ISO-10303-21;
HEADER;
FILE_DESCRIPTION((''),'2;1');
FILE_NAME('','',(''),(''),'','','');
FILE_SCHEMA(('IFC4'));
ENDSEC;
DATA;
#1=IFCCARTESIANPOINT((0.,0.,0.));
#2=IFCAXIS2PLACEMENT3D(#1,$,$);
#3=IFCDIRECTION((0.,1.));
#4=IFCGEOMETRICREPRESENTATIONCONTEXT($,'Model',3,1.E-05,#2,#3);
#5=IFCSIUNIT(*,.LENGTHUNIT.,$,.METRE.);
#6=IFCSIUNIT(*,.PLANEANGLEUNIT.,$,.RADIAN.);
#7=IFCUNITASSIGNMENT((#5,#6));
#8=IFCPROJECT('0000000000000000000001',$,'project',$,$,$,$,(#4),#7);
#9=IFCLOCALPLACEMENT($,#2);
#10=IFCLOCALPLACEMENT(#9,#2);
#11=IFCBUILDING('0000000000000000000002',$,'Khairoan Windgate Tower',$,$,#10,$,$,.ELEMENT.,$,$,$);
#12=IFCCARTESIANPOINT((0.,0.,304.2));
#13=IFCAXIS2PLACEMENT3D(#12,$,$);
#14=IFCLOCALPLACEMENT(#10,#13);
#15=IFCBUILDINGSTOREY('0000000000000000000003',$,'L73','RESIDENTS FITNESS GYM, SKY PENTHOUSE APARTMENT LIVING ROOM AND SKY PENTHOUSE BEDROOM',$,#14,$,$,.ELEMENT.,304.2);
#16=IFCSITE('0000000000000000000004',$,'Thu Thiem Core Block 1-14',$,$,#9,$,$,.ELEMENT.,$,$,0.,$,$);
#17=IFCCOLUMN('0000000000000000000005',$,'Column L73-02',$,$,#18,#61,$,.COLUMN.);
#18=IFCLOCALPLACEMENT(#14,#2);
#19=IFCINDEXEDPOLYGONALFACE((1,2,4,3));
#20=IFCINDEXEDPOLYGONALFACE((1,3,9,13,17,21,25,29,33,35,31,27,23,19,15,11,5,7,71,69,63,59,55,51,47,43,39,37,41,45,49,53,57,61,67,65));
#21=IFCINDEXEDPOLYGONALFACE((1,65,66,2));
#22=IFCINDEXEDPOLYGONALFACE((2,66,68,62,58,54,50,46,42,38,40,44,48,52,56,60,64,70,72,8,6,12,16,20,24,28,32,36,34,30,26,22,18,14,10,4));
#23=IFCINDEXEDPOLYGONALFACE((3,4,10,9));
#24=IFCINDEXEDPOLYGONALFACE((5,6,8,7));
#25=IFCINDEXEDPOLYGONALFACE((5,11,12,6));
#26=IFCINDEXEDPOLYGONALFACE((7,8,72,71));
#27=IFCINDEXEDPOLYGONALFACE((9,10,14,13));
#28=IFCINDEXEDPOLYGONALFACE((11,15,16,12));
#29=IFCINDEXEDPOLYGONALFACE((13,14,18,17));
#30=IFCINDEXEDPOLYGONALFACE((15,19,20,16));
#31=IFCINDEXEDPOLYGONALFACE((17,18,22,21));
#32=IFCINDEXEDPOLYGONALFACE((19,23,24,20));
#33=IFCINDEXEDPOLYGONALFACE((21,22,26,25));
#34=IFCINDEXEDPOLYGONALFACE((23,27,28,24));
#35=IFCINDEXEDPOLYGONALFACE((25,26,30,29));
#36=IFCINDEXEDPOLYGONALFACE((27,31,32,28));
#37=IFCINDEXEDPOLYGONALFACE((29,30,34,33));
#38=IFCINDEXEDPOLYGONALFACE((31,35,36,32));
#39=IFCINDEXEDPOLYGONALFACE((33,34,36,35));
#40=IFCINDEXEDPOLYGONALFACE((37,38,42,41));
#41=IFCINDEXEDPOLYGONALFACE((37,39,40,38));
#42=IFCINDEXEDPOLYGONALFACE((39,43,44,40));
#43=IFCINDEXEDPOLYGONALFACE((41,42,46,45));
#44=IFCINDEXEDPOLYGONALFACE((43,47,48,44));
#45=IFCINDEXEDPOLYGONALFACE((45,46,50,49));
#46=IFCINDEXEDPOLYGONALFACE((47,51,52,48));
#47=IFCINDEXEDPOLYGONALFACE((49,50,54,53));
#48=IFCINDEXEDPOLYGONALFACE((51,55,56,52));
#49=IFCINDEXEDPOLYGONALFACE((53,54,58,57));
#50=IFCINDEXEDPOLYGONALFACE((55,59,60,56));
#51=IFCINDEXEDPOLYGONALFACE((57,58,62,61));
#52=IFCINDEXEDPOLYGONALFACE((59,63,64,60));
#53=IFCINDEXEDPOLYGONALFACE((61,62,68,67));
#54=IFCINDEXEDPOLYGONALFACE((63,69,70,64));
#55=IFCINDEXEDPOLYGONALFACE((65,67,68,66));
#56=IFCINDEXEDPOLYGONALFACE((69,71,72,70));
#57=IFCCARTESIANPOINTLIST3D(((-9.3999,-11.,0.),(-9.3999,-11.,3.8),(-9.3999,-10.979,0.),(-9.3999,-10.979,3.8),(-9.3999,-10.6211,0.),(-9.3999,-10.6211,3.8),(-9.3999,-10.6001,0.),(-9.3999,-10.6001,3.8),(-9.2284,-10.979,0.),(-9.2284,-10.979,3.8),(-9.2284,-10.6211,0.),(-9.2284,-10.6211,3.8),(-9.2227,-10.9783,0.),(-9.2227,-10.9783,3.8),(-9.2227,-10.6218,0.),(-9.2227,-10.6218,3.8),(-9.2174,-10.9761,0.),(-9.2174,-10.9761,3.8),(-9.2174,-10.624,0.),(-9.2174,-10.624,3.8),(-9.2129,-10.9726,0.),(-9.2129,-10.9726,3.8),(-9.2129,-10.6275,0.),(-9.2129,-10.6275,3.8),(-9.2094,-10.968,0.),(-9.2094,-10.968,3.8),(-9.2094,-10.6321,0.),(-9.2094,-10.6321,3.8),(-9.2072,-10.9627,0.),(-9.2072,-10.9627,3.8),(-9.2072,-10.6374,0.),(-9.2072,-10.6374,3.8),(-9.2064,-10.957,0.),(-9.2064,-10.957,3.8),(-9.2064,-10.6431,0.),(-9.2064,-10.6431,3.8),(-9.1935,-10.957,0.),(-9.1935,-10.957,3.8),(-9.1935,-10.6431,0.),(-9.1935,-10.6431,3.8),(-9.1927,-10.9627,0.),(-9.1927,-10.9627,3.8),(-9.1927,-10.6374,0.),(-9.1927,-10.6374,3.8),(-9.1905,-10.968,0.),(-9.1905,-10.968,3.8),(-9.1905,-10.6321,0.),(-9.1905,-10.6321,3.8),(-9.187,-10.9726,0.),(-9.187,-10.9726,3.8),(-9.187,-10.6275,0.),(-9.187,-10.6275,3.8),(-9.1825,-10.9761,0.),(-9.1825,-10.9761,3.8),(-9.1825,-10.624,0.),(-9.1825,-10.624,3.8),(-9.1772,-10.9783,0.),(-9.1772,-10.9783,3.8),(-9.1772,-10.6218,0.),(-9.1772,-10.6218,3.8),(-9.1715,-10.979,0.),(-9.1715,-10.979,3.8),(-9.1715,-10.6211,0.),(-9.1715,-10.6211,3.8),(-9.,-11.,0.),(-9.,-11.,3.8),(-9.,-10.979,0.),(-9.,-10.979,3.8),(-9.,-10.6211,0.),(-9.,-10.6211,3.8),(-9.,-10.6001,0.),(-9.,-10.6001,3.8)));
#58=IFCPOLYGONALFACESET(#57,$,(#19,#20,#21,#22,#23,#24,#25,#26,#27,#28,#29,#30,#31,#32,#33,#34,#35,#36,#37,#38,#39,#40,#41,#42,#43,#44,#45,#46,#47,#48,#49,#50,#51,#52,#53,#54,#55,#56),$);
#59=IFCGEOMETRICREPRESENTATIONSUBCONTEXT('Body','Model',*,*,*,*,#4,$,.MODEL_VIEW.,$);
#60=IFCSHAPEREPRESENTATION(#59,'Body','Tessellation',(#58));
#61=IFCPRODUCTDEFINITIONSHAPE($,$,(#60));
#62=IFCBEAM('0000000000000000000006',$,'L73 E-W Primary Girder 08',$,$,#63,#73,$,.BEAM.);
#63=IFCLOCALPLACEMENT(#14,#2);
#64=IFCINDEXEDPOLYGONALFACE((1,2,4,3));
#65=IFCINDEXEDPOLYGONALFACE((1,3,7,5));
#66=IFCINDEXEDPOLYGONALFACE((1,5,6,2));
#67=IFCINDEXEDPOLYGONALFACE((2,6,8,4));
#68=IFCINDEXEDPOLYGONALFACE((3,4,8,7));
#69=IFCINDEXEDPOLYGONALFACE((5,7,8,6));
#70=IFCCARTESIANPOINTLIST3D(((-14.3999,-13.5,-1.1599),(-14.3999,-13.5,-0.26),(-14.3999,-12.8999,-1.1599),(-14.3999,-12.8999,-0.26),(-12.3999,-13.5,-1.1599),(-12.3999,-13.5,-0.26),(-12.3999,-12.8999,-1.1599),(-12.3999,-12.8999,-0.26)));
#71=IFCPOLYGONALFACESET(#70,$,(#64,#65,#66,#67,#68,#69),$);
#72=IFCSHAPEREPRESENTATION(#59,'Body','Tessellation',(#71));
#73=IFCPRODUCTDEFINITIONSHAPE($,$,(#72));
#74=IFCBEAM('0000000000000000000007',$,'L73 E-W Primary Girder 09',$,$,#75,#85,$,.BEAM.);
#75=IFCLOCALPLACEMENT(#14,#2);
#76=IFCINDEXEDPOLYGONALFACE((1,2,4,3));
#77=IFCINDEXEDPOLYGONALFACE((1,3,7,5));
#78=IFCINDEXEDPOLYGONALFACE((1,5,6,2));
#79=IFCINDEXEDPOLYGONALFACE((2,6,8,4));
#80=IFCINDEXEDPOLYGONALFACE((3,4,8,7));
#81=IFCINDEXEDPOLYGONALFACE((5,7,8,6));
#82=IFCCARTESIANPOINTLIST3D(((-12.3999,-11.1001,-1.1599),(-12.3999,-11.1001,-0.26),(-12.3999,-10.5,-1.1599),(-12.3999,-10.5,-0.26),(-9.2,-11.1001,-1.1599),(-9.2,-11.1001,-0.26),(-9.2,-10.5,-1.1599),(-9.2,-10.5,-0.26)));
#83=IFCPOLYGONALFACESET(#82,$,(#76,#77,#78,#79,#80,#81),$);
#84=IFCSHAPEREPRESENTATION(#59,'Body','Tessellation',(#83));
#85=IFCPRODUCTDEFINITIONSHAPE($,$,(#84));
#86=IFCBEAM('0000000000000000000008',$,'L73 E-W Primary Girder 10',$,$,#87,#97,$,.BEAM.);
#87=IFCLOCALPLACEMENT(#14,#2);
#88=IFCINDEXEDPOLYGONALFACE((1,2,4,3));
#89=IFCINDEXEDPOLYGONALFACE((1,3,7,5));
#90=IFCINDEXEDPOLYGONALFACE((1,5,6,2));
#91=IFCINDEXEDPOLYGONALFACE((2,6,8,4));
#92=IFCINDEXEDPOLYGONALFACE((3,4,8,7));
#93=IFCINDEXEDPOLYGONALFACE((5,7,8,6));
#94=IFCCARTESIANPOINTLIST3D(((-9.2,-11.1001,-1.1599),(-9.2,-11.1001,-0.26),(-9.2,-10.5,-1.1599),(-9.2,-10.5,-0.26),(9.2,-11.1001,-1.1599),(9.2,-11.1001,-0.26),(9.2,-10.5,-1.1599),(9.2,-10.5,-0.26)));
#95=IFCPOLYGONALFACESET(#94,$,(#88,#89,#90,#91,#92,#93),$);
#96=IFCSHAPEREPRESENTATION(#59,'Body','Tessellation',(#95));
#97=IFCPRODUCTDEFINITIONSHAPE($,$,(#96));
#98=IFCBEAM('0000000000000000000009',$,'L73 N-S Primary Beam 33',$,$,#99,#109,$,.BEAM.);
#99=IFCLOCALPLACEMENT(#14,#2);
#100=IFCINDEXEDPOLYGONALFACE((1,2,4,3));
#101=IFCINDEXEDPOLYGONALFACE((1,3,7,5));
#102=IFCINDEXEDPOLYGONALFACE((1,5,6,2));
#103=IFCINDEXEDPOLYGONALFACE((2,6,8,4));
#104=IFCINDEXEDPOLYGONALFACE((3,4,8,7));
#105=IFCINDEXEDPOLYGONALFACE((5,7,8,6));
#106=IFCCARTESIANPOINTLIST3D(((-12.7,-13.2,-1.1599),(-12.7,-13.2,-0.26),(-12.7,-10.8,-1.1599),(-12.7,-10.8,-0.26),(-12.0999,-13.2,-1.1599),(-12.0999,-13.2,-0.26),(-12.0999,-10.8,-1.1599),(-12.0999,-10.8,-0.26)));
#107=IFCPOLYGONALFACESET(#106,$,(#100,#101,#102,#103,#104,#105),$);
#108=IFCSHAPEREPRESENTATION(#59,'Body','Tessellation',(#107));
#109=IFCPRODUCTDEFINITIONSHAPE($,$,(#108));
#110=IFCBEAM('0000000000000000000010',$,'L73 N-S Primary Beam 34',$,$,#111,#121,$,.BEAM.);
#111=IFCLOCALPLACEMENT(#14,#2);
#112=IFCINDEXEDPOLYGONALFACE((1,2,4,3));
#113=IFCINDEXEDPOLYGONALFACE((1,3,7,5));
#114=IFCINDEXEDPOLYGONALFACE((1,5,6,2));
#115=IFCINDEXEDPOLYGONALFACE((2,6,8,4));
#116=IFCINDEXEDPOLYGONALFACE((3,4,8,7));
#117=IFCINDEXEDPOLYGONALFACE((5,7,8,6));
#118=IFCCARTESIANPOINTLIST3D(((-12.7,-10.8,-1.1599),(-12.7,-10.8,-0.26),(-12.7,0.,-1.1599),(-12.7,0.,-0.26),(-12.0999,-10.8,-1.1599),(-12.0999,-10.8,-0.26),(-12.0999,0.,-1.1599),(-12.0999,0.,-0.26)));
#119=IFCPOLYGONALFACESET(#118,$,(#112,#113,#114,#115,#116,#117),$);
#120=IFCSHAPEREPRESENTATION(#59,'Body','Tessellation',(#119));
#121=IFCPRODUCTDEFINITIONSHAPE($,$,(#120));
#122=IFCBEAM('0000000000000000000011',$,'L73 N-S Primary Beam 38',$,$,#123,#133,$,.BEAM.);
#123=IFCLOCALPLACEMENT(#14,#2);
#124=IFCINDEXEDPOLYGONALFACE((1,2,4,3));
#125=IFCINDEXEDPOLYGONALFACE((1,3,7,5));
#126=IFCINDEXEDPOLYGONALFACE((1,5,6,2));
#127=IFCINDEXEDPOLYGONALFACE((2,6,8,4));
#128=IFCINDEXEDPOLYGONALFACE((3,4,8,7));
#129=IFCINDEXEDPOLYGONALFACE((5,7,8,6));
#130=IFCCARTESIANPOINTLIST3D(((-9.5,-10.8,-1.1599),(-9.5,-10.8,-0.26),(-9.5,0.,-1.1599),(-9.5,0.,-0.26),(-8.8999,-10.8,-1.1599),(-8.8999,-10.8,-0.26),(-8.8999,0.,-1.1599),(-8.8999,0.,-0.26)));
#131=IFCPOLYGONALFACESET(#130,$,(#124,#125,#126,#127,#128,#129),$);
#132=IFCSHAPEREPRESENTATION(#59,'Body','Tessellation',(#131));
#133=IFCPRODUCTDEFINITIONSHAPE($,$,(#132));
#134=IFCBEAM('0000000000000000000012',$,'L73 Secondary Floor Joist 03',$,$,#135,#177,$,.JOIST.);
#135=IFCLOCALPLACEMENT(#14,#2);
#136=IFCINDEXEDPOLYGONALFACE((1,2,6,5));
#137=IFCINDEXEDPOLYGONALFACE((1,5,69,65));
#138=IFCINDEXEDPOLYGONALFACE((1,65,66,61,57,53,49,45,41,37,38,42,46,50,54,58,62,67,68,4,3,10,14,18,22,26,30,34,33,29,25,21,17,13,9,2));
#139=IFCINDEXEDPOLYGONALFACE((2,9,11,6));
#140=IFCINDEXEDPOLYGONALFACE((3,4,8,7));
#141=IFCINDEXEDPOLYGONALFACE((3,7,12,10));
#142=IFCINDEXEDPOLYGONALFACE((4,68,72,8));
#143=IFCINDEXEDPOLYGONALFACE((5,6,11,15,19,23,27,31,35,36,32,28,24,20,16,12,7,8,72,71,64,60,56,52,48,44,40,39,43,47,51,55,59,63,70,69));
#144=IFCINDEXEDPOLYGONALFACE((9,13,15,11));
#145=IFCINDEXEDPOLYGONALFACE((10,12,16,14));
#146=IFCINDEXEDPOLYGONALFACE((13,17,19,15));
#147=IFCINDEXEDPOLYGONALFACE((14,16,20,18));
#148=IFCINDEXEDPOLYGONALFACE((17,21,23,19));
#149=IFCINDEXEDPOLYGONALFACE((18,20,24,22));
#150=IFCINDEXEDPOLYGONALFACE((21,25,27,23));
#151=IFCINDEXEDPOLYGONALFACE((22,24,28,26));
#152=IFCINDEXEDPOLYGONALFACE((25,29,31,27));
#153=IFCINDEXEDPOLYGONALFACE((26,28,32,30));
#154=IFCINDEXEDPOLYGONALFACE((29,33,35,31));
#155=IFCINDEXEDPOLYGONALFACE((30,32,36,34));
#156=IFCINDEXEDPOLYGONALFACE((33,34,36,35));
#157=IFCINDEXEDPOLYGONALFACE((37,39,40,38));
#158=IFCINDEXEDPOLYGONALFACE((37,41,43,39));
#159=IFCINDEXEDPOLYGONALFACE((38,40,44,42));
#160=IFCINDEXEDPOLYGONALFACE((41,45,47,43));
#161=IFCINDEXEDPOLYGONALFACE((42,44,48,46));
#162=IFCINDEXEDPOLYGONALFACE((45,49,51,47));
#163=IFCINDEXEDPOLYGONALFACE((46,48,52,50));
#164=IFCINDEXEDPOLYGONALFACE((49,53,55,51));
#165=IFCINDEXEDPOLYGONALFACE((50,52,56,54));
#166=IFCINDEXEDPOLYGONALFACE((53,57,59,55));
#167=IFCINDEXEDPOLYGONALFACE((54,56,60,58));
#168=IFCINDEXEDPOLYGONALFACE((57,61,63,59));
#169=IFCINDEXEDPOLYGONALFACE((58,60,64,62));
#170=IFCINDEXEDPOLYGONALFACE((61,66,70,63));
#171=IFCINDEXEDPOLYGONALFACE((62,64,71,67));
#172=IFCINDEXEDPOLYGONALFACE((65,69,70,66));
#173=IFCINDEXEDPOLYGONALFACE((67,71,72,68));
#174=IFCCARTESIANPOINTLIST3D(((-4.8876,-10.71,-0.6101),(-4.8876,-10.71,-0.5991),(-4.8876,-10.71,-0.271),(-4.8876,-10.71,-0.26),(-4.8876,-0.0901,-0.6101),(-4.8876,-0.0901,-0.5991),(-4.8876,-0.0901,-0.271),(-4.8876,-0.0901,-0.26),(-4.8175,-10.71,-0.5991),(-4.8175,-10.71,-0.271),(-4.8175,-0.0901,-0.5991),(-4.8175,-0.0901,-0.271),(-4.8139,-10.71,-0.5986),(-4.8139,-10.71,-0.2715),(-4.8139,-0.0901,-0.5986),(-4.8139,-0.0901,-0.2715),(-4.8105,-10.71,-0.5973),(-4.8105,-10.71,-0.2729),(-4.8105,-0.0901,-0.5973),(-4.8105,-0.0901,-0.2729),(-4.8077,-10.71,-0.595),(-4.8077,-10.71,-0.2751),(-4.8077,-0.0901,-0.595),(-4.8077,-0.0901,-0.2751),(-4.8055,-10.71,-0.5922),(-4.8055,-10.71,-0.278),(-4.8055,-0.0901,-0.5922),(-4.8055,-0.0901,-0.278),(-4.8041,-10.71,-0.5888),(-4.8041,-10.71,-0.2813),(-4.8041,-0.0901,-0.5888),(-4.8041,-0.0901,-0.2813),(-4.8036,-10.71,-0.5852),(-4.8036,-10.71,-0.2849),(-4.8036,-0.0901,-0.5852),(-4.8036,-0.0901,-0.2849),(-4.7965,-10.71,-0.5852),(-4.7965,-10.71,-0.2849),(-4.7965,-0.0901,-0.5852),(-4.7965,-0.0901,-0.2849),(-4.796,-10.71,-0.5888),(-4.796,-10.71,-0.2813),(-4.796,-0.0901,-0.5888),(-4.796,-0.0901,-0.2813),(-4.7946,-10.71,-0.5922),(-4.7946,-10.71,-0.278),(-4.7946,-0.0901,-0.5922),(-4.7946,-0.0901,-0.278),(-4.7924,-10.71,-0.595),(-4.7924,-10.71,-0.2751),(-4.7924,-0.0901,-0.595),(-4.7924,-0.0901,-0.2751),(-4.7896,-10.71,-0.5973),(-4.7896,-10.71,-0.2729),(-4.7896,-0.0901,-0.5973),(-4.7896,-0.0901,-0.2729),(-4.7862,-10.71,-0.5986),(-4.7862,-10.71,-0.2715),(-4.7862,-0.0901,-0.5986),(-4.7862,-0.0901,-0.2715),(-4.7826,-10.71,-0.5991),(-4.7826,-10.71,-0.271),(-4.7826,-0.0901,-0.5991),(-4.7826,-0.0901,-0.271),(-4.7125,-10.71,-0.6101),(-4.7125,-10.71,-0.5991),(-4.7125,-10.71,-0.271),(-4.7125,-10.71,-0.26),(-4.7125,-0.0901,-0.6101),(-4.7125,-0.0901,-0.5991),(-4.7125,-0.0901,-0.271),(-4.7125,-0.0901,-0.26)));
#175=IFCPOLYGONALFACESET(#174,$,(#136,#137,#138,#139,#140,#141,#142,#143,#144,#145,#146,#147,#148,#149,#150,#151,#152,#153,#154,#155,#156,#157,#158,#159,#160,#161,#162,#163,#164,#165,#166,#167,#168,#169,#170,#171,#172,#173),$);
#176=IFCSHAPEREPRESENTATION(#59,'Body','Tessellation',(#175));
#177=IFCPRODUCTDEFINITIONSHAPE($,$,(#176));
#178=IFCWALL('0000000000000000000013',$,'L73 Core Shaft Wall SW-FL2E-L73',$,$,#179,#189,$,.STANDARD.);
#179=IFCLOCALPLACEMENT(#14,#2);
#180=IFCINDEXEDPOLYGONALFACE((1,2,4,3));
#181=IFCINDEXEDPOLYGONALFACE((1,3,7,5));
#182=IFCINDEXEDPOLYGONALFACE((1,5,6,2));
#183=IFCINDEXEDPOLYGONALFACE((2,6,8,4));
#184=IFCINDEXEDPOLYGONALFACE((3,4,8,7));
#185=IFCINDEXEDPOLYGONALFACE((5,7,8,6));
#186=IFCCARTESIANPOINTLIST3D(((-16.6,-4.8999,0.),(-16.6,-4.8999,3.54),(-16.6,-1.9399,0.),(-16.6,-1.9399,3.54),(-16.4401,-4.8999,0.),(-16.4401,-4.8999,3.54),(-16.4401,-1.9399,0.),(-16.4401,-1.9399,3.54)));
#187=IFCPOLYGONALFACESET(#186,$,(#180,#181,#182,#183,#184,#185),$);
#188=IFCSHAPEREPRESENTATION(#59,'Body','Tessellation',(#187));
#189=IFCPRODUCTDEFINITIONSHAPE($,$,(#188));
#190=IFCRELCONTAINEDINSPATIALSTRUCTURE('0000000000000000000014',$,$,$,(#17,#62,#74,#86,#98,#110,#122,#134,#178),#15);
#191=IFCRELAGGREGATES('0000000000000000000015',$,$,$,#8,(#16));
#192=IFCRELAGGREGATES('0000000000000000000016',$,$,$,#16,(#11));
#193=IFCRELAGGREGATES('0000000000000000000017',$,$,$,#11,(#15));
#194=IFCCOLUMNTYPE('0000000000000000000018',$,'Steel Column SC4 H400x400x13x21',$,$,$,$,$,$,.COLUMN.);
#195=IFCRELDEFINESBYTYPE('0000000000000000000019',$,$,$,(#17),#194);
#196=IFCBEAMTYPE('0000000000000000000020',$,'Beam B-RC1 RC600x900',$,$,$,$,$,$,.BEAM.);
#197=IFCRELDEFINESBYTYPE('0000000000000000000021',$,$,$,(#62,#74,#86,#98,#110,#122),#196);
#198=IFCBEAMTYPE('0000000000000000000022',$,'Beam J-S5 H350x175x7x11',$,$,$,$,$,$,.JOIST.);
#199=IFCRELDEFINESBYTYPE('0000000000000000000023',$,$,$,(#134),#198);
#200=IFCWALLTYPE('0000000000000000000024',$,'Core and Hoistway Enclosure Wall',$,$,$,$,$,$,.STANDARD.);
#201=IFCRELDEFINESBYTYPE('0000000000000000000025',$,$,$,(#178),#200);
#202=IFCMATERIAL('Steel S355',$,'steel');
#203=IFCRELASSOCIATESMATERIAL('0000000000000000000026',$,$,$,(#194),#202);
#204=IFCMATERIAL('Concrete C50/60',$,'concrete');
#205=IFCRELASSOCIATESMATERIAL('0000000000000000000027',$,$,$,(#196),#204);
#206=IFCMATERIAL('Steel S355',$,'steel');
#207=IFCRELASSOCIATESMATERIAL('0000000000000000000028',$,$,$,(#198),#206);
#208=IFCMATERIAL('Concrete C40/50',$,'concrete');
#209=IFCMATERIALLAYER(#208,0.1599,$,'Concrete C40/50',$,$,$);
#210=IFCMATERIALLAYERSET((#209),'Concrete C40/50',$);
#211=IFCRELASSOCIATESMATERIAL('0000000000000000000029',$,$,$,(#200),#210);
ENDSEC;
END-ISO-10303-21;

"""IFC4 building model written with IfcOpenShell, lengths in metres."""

from ifc_helpers import new_model, si_unit, direction, frame, frame_2d, origin, origin_2d, place, context, subcontext, project, spatial, rectangle, i_section, extrude, material, layer, layer_set, material_profile, profile_set, type_object, element, save


model = new_model("IFC4")

# Units and contexts
model_context = context("Model", 3, precision=1e-05, world=origin(), true_north=direction((0.0, 1.0)))
body_context = subcontext(model_context, "Body", "Model", "MODEL_VIEW")
ifc_project = project(units=[si_unit("LENGTHUNIT", "METRE"), si_unit("PLANEANGLEUNIT", "RADIAN")], contexts=[model_context])

# Site, building, storey
site_placement = place(None, origin())
site = spatial("IfcSite", under=ifc_project, at=site_placement, Name="Thu Thiem Core Block 1-14", CompositionType="ELEMENT", RefElevation=0.0)
building_placement = place(site_placement, origin())
building = spatial("IfcBuilding", under=site, at=building_placement, Name="Khairoan Windgate Tower", CompositionType="ELEMENT")
storey_placement = place(building_placement, frame((0.0, 0.0, 304.2)))
storey = spatial("IfcBuildingStorey", under=building, at=storey_placement, Name="L73", Description="RESIDENTS FITNESS GYM, SKY PENTHOUSE APARTMENT LIVING ROOM AND SKY PENTHOUSE BEDROOM", CompositionType="ELEMENT", Elevation=304.2)

# Column
ifc_material_1 = material(Name="Steel S355", Category="steel")
ifc_material_profile_1 = material_profile(ifc_material_1, i_section(OverallWidth=0.3999, OverallDepth=0.3999, WebThickness=0.0129, FlangeThickness=0.021, FilletRadius=0.022, at=origin_2d()))
ifc_profile_set_1 = profile_set([ifc_material_profile_1], Name="Steel S355")
column_type = type_object("IfcColumnType", Name="Steel Column SC4 H400x400x13x21", PredefinedType="COLUMN", material=ifc_profile_set_1)
column_placement = place(storey_placement, frame((-9.2, -10.8, 0.0), z_axis=(0.0, 0.0, 1.0), x_axis=(1.0, 0.0, 0.0)))
element("IfcColumn", 1, at=column_placement, inside=storey, type_object=column_type, Name="Column L73-02", PredefinedType="COLUMN", context=body_context, shape_type="SweptSolid", body=[
    extrude(i_section(OverallWidth=0.3999, OverallDepth=0.3999, WebThickness=0.0129, FlangeThickness=0.021, FilletRadius=0.022, at=origin_2d()), origin(), (0.0, 0.0, 1.0), 3.8),
])

# Beams
ifc_material_2 = material(Name="Concrete C50/60", Category="concrete")
ifc_material_profile_2 = material_profile(ifc_material_2, rectangle(XDim=0.6001, YDim=0.8999, at=origin_2d()))
ifc_profile_set_2 = profile_set([ifc_material_profile_2], Name="Concrete C50/60")
beam_type_1 = type_object("IfcBeamType", Name="Beam B-RC1 RC600x900", PredefinedType="BEAM", material=ifc_profile_set_2)
beam_1_placement = place(storey_placement, frame((-14.3999, -13.2, -0.71), z_axis=(1.0, 0.0, 0.0), x_axis=(0.0, 1.0, 0.0)))
element("IfcBeam", 2, at=beam_1_placement, inside=storey, type_object=beam_type_1, Name="L73 E-W Primary Girder 08", PredefinedType="BEAM", context=body_context, shape_type="SweptSolid", body=[
    extrude(rectangle(XDim=0.6001, YDim=0.8999, at=origin_2d()), origin(), (0.0, 0.0, 1.0), 2.0),
])
beam_2_placement = place(storey_placement, frame((-12.3999, -10.8, -0.71), z_axis=(1.0, 0.0, 0.0), x_axis=(0.0, 1.0, 0.0)))
element("IfcBeam", 3, at=beam_2_placement, inside=storey, type_object=beam_type_1, Name="L73 E-W Primary Girder 09", PredefinedType="BEAM", context=body_context, shape_type="SweptSolid", body=[
    extrude(rectangle(XDim=0.6001, YDim=0.8999, at=origin_2d()), origin(), (0.0, 0.0, 1.0), 3.2),
])
beam_3_placement = place(storey_placement, frame((-9.2, -10.8, -0.71), z_axis=(1.0, 0.0, 0.0), x_axis=(0.0, 1.0, 0.0)))
element("IfcBeam", 4, at=beam_3_placement, inside=storey, type_object=beam_type_1, Name="L73 E-W Primary Girder 10", PredefinedType="BEAM", context=body_context, shape_type="SweptSolid", body=[
    extrude(rectangle(XDim=0.6001, YDim=0.8999, at=origin_2d()), origin(), (0.0, 0.0, 1.0), 18.3999),
])
beam_4_placement = place(storey_placement, frame((-12.3999, -13.2, -0.71), z_axis=(0.0, 1.0, 0.0), x_axis=(-1.0, 0.0, 0.0)))
element("IfcBeam", 5, at=beam_4_placement, inside=storey, type_object=beam_type_1, Name="L73 N-S Primary Beam 33", PredefinedType="BEAM", context=body_context, shape_type="SweptSolid", body=[
    extrude(rectangle(XDim=0.6001, YDim=0.8999, at=origin_2d()), origin(), (0.0, 0.0, 1.0), 2.3999),
])
for number, where, z_axis, x_axis, name in (
    (6, (-12.3999, -10.8, -0.71), (0.0, 1.0, 0.0), (-1.0, 0.0, 0.0), "L73 N-S Primary Beam 34"),
    (7, (-9.2, -10.8, -0.71), (0.0, 1.0, 0.0), (-1.0, 0.0, 0.0), "L73 N-S Primary Beam 38"),
):
    element("IfcBeam", number, at=place(storey_placement, frame(where, z_axis=z_axis, x_axis=x_axis)), inside=storey, type_object=beam_type_1, Name=name, PredefinedType="BEAM", context=body_context, shape_type="SweptSolid", body=[
        extrude(rectangle(XDim=0.6001, YDim=0.8999, at=origin_2d()), origin(), (0.0, 0.0, 1.0), 10.8),
    ])
ifc_material_3 = material(Name="Steel S355", Category="steel")
ifc_material_profile_3 = material_profile(ifc_material_3, i_section(OverallWidth=0.175, OverallDepth=0.3501, WebThickness=0.0071, FlangeThickness=0.011, FilletRadius=0.0139, at=origin_2d()))
ifc_profile_set_3 = profile_set([ifc_material_profile_3], Name="Steel S355")
beam_type_2 = type_object("IfcBeamType", Name="Beam J-S5 H350x175x7x11", PredefinedType="JOIST", material=ifc_profile_set_3)
beam_5_placement = place(storey_placement, frame((-4.8, -10.71, -0.4351), z_axis=(0.0, 1.0, 0.0), x_axis=(-1.0, 0.0, 0.0)))
element("IfcBeam", 8, at=beam_5_placement, inside=storey, type_object=beam_type_2, Name="L73 Secondary Floor Joist 03", PredefinedType="JOIST", context=body_context, shape_type="SweptSolid", body=[
    extrude(i_section(OverallWidth=0.175, OverallDepth=0.3501, WebThickness=0.0071, FlangeThickness=0.011, FilletRadius=0.0139, at=origin_2d()), origin(), (0.0, 0.0, 1.0), 10.6199),
])

# Wall
ifc_material_4 = material(Name="Concrete C40/50", Category="concrete")
ifc_layer_1 = layer(ifc_material_4, 0.1599, Name="Concrete C40/50")
ifc_layer_set_1 = layer_set([ifc_layer_1], Name="Concrete C40/50")
wall_type_1 = type_object("IfcWallType", Name="Core and Hoistway Enclosure Wall", PredefinedType="STANDARD", material=ifc_layer_set_1)
wall_1_placement = place(storey_placement, frame((-16.52, -4.8999, 0.0), z_axis=(0.0, 0.0, 1.0), x_axis=(0.0, 1.0, 0.0)))
element("IfcWall", 9, at=wall_1_placement, inside=storey, type_object=wall_type_1, Name="L73 Core Shaft Wall SW-FL2E-L73", PredefinedType="STANDARD", context=body_context, shape_type="SweptSolid", body=[
    extrude(rectangle(XDim=2.96, YDim=0.1599, at=frame_2d((1.48, 0.0))), origin(), (0.0, 0.0, 1.0), 3.54),
])

save(model, "model.ifc")
